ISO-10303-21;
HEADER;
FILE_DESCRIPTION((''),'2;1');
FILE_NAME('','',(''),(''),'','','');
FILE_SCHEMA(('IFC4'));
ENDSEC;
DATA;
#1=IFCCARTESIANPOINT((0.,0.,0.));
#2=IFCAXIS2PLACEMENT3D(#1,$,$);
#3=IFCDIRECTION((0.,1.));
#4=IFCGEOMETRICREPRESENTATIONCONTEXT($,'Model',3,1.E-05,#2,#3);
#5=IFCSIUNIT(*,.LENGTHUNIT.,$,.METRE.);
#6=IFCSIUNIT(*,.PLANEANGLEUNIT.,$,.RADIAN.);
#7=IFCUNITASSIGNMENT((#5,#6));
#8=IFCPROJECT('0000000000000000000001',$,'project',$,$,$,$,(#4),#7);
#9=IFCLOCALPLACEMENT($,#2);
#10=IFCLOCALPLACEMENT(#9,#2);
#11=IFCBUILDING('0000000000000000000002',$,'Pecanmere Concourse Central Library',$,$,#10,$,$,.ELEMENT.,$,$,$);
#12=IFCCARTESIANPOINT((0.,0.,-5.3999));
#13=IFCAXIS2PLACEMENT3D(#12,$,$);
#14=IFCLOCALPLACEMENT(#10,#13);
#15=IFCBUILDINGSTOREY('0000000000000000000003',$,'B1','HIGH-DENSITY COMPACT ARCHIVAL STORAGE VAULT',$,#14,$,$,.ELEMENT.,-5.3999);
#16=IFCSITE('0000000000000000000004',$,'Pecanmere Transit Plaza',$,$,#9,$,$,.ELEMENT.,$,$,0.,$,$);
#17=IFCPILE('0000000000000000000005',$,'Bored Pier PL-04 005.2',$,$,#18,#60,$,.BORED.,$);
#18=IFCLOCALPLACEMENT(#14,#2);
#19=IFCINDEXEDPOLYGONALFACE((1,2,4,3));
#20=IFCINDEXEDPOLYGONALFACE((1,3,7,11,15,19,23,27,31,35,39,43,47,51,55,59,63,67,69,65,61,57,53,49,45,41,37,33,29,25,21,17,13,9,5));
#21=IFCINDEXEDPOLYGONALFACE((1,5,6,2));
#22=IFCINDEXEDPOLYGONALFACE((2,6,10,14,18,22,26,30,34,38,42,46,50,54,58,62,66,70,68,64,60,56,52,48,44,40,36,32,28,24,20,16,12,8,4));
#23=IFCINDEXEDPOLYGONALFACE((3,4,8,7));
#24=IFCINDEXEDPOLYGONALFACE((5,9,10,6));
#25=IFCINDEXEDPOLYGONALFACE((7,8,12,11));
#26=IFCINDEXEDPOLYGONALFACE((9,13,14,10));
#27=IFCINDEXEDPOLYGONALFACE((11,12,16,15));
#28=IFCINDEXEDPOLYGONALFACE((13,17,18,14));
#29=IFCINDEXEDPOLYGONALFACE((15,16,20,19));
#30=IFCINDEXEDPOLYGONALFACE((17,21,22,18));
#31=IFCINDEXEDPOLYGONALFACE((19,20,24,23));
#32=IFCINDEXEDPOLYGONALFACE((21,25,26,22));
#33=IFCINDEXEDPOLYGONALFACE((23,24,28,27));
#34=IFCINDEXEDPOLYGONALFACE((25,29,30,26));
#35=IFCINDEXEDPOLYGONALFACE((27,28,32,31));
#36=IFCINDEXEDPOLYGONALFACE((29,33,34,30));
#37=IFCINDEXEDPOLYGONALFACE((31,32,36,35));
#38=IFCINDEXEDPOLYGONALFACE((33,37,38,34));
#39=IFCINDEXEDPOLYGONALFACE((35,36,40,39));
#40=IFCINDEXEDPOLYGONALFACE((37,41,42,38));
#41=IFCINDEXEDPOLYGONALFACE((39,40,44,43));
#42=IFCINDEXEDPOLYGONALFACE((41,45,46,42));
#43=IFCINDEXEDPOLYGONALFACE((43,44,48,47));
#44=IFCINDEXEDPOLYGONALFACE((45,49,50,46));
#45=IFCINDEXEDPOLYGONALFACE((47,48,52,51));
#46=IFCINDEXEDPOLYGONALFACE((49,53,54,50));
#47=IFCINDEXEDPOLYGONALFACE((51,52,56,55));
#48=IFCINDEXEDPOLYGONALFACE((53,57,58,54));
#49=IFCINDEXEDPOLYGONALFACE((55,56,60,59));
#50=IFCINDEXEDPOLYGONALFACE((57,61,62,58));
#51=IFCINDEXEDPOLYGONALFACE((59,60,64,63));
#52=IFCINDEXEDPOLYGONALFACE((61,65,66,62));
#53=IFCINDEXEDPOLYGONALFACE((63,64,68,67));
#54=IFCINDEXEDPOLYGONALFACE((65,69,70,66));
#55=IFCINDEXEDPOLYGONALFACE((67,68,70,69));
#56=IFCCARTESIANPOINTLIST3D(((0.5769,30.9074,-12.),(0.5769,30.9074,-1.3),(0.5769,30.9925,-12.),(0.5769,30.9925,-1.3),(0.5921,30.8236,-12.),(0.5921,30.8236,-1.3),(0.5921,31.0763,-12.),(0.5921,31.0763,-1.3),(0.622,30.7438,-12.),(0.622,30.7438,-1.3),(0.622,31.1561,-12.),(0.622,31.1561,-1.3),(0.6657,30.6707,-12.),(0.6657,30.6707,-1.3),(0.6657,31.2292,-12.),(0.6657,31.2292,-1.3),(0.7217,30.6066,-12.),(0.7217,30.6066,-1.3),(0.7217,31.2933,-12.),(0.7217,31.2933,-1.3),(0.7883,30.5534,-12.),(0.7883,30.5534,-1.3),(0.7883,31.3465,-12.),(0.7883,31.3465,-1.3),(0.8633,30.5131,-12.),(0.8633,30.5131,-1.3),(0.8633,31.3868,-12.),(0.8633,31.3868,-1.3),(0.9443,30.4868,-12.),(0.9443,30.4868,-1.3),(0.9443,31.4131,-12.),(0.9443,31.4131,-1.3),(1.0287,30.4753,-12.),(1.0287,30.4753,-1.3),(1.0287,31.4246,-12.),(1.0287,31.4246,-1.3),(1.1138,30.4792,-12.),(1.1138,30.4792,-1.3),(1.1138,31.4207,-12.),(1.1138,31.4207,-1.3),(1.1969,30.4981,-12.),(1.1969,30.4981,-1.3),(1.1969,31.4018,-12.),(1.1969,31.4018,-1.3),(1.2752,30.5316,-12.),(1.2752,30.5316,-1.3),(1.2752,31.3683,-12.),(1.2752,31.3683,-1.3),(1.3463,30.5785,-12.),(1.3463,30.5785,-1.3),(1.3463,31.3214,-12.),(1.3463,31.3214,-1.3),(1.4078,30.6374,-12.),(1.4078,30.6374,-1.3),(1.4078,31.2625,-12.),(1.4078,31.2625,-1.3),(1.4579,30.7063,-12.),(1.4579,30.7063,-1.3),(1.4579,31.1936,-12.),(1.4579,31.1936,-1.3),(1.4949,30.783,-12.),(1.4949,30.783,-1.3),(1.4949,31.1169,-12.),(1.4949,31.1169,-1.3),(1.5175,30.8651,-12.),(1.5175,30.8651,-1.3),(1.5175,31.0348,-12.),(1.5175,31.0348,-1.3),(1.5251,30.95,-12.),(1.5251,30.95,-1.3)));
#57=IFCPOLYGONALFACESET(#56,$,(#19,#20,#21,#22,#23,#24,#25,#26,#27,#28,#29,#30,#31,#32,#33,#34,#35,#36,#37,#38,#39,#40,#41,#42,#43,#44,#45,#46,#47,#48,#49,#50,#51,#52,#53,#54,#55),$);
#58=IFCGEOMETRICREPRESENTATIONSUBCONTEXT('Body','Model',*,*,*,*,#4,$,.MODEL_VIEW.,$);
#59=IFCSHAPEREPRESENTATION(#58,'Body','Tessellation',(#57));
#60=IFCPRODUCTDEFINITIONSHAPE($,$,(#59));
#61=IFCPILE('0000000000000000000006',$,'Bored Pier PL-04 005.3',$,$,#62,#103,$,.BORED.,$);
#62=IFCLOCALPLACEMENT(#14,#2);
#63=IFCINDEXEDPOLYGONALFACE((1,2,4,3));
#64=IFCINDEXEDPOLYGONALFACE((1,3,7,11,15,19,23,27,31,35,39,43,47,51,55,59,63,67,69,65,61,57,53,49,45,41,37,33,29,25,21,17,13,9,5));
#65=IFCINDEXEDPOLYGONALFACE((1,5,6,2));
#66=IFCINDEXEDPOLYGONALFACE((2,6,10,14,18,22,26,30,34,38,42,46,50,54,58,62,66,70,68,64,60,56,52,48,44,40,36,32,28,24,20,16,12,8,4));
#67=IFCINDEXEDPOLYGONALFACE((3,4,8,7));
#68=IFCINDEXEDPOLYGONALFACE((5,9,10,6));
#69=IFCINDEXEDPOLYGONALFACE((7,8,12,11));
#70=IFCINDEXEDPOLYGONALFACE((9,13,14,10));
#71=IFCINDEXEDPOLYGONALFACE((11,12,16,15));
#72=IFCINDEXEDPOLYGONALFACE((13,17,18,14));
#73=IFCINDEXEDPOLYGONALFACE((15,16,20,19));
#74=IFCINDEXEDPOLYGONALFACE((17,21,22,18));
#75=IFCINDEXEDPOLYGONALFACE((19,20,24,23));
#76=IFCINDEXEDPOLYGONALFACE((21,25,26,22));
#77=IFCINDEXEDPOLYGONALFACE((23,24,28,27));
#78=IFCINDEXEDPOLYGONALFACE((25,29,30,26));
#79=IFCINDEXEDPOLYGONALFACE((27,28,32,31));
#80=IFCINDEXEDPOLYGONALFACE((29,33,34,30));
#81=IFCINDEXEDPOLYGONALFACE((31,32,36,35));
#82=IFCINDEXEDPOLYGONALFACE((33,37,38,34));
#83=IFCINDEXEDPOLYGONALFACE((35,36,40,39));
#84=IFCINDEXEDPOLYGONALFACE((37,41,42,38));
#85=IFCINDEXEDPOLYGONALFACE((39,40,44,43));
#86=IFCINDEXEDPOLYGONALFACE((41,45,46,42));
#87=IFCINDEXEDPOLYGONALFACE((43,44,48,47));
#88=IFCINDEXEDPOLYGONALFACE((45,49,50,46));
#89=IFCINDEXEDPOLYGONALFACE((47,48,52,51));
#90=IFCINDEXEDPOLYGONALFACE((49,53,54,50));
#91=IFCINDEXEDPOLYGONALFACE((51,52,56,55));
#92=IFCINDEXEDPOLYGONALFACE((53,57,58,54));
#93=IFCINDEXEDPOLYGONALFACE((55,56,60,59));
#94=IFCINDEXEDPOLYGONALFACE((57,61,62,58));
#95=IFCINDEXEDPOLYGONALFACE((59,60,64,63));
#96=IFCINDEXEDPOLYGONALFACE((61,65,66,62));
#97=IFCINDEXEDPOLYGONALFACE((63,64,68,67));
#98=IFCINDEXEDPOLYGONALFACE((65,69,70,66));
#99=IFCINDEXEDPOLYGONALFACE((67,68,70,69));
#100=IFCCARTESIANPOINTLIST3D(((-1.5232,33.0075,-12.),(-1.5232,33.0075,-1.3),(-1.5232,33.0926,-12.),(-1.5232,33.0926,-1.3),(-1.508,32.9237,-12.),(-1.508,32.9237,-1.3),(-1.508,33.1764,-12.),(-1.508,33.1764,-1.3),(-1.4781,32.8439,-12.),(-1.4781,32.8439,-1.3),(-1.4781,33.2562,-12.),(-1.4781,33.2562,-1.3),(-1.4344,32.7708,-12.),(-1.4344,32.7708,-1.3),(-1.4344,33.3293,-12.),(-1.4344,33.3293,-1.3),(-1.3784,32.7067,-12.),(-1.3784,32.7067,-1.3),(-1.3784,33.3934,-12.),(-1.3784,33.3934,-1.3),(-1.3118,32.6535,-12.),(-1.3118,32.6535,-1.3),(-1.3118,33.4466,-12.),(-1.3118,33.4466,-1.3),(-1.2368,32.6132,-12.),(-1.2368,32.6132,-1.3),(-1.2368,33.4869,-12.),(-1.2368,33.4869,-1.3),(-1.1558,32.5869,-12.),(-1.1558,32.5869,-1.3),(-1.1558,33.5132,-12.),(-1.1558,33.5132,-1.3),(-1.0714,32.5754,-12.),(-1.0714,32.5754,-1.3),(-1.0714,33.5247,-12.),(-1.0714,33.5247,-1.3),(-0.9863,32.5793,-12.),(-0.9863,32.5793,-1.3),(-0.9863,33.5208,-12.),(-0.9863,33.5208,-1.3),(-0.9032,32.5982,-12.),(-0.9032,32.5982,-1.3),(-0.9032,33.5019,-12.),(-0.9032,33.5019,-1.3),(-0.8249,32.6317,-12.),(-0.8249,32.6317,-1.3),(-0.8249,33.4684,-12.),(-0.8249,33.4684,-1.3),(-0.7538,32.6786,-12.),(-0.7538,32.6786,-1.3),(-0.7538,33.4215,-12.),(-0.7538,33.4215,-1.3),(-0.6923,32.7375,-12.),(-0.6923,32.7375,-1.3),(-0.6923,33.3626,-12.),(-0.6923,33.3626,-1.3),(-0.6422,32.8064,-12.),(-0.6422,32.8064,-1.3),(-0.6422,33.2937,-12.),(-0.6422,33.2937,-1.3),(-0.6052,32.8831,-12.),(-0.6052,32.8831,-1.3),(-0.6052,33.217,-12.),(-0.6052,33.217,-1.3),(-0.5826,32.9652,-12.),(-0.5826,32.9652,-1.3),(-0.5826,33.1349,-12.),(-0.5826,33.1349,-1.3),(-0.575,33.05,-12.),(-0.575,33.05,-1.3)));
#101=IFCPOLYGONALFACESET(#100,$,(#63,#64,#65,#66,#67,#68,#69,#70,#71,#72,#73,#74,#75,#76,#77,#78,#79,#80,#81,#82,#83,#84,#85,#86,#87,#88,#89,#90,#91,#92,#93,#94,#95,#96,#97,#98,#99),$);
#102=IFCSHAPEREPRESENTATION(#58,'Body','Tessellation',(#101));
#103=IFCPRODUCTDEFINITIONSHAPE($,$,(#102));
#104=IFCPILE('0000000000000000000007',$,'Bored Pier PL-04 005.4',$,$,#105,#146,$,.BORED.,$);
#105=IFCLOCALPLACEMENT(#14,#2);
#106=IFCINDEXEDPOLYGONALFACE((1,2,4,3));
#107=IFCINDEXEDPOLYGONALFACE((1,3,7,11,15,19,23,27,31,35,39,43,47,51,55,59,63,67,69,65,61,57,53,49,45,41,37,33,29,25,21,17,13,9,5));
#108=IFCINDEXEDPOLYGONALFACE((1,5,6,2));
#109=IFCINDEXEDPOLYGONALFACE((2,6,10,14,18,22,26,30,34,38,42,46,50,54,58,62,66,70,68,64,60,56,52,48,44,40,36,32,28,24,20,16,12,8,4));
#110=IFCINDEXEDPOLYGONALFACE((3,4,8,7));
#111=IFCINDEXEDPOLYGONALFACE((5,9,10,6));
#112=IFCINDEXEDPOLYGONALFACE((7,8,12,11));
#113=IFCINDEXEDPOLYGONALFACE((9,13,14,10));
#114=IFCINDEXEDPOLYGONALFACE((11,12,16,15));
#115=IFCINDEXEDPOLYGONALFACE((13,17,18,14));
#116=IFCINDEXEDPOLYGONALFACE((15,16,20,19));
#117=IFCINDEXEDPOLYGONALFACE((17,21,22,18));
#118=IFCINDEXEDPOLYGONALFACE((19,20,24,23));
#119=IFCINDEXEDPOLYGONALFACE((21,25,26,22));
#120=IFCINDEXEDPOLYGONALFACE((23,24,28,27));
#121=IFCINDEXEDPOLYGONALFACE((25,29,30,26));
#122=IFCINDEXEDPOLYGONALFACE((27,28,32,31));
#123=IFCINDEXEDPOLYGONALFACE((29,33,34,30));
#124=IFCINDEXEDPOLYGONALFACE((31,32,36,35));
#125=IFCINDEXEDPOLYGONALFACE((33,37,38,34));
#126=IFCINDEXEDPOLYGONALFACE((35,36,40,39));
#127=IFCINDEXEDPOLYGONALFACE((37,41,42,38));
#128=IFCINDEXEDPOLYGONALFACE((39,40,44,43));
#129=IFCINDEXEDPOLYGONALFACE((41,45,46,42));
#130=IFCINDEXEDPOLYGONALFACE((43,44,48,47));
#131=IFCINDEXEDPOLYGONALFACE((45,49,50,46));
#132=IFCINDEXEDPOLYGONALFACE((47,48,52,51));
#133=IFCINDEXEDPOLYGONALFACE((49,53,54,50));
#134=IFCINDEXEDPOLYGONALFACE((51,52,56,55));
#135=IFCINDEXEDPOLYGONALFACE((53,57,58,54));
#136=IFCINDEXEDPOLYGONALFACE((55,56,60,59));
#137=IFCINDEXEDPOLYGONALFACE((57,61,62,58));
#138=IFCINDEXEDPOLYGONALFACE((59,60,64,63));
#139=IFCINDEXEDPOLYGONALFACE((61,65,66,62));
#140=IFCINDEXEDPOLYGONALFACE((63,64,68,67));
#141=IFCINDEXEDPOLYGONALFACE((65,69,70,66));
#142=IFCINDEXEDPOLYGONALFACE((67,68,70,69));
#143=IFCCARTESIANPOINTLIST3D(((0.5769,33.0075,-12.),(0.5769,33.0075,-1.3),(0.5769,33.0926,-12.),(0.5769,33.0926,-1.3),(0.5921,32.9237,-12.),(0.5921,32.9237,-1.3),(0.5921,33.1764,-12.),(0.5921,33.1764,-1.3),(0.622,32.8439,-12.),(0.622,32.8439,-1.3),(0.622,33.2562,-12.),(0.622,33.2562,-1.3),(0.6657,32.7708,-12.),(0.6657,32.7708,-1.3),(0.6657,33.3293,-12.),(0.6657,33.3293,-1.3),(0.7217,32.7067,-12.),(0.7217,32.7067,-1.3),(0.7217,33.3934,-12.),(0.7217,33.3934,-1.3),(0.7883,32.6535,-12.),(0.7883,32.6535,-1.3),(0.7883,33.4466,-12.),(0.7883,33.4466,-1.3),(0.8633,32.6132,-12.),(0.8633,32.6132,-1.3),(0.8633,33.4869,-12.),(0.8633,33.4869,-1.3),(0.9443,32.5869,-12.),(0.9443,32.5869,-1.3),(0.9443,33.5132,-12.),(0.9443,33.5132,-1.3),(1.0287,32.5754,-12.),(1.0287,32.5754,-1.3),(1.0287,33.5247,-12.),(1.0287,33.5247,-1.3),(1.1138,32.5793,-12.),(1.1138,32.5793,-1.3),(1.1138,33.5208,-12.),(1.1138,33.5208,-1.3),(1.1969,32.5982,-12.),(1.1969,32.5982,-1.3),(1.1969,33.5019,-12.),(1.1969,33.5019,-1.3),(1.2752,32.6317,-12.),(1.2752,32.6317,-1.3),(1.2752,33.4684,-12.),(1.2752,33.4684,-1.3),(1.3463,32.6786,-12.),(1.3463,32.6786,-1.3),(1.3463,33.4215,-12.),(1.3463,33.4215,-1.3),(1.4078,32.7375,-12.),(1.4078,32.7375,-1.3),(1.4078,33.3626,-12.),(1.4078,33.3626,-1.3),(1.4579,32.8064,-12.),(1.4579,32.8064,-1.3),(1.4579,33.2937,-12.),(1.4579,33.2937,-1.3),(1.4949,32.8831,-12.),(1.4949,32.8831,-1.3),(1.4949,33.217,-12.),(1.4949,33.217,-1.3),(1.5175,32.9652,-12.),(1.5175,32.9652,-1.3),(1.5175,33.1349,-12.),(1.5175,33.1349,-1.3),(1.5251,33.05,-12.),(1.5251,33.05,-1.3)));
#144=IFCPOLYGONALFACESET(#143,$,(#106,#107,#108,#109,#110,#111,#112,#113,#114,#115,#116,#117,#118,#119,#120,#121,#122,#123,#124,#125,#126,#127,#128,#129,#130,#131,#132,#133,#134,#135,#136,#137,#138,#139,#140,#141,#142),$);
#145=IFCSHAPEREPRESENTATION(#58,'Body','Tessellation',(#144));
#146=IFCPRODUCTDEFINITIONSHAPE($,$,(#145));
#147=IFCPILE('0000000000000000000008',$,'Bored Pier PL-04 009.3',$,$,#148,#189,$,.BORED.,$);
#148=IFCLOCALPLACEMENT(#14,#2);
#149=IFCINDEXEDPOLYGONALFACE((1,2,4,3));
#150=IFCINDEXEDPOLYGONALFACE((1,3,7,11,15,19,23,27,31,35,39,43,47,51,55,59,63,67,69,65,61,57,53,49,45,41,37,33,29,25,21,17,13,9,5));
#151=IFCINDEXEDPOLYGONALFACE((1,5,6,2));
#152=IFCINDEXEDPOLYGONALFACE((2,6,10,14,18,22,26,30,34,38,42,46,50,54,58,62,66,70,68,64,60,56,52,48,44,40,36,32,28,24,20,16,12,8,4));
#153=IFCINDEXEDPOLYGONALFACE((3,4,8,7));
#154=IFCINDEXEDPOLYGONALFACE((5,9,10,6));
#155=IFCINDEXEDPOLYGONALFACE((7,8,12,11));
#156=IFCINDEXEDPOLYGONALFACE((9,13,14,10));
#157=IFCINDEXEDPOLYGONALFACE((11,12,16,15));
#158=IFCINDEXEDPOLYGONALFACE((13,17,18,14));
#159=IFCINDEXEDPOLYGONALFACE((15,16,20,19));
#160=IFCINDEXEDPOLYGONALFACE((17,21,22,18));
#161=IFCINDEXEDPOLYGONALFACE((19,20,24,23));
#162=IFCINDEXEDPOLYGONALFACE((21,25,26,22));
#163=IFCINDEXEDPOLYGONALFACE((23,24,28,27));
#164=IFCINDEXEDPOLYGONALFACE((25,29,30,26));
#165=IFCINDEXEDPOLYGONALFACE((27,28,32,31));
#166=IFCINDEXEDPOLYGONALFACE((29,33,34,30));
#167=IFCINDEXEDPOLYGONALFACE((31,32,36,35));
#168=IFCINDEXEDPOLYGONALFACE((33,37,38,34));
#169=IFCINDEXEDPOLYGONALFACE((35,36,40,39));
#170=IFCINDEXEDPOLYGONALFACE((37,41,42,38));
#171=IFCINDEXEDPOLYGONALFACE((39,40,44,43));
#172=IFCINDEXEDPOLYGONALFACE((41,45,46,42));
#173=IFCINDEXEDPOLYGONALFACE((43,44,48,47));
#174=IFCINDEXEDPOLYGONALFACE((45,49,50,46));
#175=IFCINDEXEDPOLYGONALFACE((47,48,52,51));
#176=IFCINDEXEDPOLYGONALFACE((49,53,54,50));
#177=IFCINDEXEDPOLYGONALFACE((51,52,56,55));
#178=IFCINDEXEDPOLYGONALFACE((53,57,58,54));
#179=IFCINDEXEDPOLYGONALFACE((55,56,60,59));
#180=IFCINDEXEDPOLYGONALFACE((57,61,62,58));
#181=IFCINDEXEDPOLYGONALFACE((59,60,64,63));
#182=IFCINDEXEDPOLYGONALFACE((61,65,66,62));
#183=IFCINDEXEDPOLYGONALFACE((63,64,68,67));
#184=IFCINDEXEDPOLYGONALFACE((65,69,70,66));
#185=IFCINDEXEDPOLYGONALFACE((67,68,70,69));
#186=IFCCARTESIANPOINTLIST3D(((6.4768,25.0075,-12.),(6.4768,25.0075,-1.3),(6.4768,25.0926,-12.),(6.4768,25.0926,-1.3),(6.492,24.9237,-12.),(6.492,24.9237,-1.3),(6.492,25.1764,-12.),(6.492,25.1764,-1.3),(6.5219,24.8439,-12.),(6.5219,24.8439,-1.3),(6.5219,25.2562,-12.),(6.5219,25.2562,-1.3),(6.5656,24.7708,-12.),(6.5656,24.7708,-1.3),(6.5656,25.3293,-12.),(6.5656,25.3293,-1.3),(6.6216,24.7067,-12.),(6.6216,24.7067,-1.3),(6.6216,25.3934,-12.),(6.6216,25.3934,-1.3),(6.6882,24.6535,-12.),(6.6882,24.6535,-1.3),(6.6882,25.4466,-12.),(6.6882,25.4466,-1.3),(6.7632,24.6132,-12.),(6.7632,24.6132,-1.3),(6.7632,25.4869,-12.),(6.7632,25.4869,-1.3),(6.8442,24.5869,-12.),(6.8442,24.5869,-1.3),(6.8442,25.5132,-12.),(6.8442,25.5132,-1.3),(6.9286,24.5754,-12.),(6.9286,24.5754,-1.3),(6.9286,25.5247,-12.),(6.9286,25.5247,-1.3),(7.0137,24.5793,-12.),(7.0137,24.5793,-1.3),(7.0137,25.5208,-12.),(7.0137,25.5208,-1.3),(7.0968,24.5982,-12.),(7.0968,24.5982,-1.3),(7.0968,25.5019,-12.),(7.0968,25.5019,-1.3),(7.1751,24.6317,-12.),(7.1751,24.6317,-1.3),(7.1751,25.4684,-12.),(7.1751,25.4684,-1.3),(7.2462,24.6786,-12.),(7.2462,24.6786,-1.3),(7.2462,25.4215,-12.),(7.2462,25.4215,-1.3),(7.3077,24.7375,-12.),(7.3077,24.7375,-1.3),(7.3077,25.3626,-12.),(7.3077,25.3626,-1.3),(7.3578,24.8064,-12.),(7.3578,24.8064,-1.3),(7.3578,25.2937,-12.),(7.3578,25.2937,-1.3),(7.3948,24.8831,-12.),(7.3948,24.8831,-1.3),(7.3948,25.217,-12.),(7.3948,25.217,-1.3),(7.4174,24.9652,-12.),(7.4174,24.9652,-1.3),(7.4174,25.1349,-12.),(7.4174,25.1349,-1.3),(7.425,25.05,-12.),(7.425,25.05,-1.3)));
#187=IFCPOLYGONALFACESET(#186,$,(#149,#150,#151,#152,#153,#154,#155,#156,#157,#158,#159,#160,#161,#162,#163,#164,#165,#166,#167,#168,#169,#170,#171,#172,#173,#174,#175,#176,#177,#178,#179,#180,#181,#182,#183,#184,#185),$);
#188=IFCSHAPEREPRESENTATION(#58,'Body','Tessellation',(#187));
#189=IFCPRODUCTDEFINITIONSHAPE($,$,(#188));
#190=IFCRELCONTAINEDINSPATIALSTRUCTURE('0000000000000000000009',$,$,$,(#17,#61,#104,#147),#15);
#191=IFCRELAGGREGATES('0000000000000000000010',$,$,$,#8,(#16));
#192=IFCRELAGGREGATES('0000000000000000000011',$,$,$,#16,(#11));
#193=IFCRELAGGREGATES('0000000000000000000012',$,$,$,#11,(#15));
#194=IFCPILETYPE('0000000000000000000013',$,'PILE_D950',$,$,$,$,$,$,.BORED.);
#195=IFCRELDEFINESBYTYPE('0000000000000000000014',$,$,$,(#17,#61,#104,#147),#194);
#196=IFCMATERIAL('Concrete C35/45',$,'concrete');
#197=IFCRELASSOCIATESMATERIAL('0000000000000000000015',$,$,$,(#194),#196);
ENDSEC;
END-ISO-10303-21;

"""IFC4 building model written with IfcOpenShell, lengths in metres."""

from ifc_helpers import new_model, si_unit, direction, frame, origin, origin_2d, place, context, subcontext, project, spatial, circle, extrude, material, material_profile, profile_set, type_object, element, save


model = new_model("IFC4")

# Units and contexts
model_context = context("Model", 3, precision=1e-05, world=origin(), true_north=direction((0.0, 1.0)))
body_context = subcontext(model_context, "Body", "Model", "MODEL_VIEW")
ifc_project = project(units=[si_unit("LENGTHUNIT", "METRE"), si_unit("PLANEANGLEUNIT", "RADIAN")], contexts=[model_context])

# Site, building, storey
site_placement = place(None, origin())
site = spatial("IfcSite", under=ifc_project, at=site_placement, Name="Pecanmere Transit Plaza", CompositionType="ELEMENT", RefElevation=0.0)
building_placement = place(site_placement, origin())
building = spatial("IfcBuilding", under=site, at=building_placement, Name="Pecanmere Concourse Central Library", CompositionType="ELEMENT")
storey_placement = place(building_placement, frame((0.0, 0.0, -5.3999)))
storey = spatial("IfcBuildingStorey", under=building, at=storey_placement, Name="B1", Description="HIGH-DENSITY COMPACT ARCHIVAL STORAGE VAULT", CompositionType="ELEMENT", Elevation=-5.3999)

# Piles
ifc_material_1 = material(Name="Concrete C35/45", Category="concrete")
ifc_material_profile_1 = material_profile(ifc_material_1, circle(Radius=0.4751, at=origin_2d()), Name="PIER D950")
ifc_profile_set_1 = profile_set([ifc_material_profile_1], Name="Concrete C35/45")
pile_type = type_object("IfcPileType", Name="PILE_D950", PredefinedType="BORED", material=ifc_profile_set_1)
for number, where, z_axis, x_axis, name in (
    (1, (1.05, 30.95, -1.3), (0.0, 0.0, -1.0), (1.0, 0.0, 0.0), "Bored Pier PL-04 005.2"),
    (2, (-1.05, 33.05, -1.3), (0.0, 0.0, -1.0), (1.0, 0.0, 0.0), "Bored Pier PL-04 005.3"),
    (3, (1.05, 33.05, -1.3), (0.0, 0.0, -1.0), (1.0, 0.0, 0.0), "Bored Pier PL-04 005.4"),
    (4, (6.95, 25.05, -1.3), (0.0, 0.0, -1.0), (1.0, 0.0, 0.0), "Bored Pier PL-04 009.3"),
):
    element("IfcPile", number, at=place(storey_placement, frame(where, z_axis=z_axis, x_axis=x_axis)), inside=storey, type_object=pile_type, Name=name, PredefinedType="BORED", context=body_context, shape_type="SweptSolid", body=[
        extrude(circle(Radius=0.4751, at=origin_2d()), origin(), (0.0, 0.0, 1.0), 10.7),
    ])

save(model, "model.ifc")
